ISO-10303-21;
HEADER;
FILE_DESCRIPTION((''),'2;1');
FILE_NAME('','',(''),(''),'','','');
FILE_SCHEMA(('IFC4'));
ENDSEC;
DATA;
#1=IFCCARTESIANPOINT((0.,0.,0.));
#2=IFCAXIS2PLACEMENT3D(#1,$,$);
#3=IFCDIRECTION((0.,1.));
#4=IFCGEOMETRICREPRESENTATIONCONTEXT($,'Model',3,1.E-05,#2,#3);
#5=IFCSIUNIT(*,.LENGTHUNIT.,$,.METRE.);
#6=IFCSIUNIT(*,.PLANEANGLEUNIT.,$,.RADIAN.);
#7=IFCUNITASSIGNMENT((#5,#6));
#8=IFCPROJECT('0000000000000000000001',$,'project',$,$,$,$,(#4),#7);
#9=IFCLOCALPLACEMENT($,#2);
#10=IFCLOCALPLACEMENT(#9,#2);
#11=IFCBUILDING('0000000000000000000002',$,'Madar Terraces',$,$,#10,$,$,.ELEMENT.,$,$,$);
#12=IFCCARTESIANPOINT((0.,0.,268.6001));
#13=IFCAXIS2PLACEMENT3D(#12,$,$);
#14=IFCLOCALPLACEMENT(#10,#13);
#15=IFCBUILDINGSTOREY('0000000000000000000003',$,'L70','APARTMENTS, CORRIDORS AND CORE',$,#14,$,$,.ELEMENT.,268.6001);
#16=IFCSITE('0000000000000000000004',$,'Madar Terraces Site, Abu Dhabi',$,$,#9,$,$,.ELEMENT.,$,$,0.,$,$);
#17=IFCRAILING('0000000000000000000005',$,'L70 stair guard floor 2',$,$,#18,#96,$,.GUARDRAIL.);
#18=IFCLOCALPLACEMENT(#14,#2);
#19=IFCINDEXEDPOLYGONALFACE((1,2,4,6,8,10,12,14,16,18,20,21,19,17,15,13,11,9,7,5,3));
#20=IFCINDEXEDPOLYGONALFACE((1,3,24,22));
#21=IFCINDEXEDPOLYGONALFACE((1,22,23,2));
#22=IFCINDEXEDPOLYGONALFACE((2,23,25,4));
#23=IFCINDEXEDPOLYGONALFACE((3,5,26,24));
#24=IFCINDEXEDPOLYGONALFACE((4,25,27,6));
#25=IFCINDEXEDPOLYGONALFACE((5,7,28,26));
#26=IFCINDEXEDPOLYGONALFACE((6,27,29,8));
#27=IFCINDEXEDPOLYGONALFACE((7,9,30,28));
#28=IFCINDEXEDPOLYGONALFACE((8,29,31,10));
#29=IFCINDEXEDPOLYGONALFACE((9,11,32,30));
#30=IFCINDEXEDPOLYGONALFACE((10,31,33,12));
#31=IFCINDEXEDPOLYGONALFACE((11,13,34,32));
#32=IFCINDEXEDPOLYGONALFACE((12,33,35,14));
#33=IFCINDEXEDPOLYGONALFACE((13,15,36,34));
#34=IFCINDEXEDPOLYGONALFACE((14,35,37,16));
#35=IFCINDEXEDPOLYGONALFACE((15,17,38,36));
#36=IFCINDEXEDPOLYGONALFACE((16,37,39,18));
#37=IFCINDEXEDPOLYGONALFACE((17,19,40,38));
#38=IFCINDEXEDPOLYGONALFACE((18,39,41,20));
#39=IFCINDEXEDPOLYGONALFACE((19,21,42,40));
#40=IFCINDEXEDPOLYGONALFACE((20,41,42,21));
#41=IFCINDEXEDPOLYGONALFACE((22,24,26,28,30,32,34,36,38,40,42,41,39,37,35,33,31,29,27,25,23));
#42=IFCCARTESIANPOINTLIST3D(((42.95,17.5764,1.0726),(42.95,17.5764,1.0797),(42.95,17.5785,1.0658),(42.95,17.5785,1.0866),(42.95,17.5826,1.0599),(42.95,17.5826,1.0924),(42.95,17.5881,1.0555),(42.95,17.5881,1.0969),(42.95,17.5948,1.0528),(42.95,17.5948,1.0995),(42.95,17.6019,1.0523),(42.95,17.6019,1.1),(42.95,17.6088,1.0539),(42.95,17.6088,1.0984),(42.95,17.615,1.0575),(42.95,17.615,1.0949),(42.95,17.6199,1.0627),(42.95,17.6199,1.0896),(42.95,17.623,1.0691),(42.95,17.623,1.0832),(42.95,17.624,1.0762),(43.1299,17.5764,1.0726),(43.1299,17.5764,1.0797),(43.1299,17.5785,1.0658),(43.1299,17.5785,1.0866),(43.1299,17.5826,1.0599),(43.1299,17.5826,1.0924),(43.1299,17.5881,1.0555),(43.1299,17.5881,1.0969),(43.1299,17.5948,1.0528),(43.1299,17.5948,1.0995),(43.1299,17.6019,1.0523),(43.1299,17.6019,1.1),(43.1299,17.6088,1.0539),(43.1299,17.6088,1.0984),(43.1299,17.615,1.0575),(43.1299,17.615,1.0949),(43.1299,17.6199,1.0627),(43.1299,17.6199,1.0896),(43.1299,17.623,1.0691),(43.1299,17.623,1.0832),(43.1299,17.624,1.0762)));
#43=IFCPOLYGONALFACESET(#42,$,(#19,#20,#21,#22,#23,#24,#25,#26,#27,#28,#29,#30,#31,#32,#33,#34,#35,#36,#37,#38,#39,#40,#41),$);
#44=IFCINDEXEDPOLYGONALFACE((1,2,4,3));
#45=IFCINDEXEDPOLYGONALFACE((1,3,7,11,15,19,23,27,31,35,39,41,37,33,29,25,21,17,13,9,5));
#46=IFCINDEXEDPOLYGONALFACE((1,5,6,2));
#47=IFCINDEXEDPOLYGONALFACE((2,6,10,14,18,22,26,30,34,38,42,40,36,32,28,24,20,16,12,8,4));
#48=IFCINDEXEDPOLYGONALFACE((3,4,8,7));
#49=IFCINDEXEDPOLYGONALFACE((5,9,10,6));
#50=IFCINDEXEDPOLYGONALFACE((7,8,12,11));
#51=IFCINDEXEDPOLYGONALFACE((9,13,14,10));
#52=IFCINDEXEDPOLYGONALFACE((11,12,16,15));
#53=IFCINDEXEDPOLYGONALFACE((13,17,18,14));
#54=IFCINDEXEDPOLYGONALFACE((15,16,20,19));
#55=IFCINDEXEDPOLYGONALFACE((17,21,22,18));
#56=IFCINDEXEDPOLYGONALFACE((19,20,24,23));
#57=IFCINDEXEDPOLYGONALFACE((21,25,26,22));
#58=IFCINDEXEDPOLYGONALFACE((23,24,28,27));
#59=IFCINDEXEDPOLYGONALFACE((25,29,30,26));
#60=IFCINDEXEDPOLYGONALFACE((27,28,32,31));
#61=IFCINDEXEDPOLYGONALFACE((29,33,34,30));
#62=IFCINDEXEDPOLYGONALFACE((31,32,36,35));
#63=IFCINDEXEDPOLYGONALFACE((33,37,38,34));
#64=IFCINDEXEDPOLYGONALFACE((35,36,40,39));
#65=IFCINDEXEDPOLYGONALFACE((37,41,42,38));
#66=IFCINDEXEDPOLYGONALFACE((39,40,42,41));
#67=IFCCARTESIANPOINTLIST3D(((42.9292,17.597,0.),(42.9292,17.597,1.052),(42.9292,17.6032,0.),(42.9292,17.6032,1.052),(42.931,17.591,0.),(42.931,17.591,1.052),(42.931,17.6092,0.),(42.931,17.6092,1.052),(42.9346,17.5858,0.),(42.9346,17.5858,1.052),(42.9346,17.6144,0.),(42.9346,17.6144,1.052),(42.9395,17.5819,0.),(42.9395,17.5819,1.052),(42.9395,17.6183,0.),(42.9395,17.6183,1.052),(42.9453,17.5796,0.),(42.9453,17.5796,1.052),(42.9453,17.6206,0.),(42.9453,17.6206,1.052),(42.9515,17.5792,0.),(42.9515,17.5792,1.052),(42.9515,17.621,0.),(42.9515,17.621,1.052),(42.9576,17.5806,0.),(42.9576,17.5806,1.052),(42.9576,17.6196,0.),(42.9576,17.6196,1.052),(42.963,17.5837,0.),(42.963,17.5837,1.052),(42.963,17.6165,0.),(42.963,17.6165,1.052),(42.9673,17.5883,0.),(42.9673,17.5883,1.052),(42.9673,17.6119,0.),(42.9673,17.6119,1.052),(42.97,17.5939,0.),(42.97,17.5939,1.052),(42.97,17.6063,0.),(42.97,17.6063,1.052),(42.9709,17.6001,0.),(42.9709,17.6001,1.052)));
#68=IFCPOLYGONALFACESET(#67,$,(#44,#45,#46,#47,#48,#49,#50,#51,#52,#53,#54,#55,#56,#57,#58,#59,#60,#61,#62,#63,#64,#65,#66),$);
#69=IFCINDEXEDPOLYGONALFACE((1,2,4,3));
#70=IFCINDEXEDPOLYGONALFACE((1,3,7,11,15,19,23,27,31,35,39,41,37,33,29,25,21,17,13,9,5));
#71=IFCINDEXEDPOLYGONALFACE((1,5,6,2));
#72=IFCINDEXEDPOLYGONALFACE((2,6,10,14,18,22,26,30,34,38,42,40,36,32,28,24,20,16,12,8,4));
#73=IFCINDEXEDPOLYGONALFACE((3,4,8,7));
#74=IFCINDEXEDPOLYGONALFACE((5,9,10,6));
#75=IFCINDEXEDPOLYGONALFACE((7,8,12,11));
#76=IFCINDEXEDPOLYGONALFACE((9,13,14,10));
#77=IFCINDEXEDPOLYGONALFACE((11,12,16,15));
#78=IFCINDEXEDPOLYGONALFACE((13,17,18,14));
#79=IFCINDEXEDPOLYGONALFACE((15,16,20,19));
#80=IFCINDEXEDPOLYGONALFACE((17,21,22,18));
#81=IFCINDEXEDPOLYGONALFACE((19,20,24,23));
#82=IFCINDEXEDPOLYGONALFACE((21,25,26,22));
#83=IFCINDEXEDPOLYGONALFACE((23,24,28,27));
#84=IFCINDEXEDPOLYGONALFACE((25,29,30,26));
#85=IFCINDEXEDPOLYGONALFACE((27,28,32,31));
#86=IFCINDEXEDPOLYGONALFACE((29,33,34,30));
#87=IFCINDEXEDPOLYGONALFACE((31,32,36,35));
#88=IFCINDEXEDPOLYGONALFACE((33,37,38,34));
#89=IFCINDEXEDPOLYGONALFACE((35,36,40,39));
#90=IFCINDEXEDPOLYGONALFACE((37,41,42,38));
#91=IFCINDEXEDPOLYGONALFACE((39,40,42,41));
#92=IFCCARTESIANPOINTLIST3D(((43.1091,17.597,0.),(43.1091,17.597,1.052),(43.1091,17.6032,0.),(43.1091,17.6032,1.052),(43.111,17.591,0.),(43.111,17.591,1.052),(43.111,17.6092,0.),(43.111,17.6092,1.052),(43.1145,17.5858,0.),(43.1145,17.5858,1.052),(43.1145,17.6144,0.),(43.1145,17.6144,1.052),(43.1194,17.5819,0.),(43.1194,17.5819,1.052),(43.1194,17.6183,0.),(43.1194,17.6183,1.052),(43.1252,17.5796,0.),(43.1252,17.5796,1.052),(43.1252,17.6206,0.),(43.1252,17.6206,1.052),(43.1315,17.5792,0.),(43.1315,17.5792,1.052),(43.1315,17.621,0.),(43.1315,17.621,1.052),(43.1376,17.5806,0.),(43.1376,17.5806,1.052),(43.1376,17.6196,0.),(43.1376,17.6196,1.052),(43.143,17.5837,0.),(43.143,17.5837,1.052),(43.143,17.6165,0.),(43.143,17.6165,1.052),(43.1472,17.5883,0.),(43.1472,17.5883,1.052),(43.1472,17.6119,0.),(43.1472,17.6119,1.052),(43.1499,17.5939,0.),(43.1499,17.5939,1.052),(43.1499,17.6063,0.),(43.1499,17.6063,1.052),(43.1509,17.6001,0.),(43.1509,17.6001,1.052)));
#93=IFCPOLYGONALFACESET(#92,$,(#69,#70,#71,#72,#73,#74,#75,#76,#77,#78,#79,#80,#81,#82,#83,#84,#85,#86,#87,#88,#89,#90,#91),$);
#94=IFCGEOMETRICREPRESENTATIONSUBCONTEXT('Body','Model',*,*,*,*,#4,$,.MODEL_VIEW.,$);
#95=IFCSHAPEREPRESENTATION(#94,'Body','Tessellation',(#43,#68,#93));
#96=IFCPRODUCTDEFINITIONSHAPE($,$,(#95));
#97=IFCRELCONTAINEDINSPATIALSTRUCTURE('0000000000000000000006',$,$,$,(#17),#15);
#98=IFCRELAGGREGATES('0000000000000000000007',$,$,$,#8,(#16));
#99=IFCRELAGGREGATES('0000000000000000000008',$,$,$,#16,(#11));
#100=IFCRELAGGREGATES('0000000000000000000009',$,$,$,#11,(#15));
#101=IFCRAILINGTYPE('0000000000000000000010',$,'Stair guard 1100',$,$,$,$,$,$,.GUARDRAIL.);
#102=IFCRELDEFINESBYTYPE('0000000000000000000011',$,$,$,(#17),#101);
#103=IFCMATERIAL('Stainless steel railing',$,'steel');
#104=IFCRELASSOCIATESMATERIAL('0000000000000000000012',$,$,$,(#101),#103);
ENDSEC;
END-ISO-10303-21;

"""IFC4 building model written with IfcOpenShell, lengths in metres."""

from ifc_helpers import new_model, si_unit, direction, frame, origin, origin_2d, place, context, subcontext, project, spatial, circle, extrude, material, type_object, element, save


model = new_model("IFC4")

# Units and contexts
model_context = context("Model", 3, precision=1e-05, world=origin(), true_north=direction((0.0, 1.0)))
body_context = subcontext(model_context, "Body", "Model", "MODEL_VIEW")
ifc_project = project(units=[si_unit("LENGTHUNIT", "METRE"), si_unit("PLANEANGLEUNIT", "RADIAN")], contexts=[model_context])

# Site, building, storey
site_placement = place(None, origin())
site = spatial("IfcSite", under=ifc_project, at=site_placement, Name="Madar Terraces Site, Abu Dhabi", CompositionType="ELEMENT", RefElevation=0.0)
building_placement = place(site_placement, origin())
building = spatial("IfcBuilding", under=site, at=building_placement, Name="Madar Terraces", CompositionType="ELEMENT")
storey_placement = place(building_placement, frame((0.0, 0.0, 268.6001)))
storey = spatial("IfcBuildingStorey", under=building, at=storey_placement, Name="L70", Description="APARTMENTS, CORRIDORS AND CORE", CompositionType="ELEMENT", Elevation=268.6001)

# Railing
ifc_material_1 = material(Name="Stainless steel railing", Category="steel")
railing_type_1 = type_object("IfcRailingType", Name="Stair guard 1100", PredefinedType="GUARDRAIL", material=ifc_material_1)
for number, where, name in (
    (1, (42.95, 17.6001, 0.0), "L70 stair guard floor 2"),
):
    element("IfcRailing", number, at=place(storey_placement, frame(where)), inside=storey, type_object=railing_type_1, Name=name, PredefinedType="GUARDRAIL", context=body_context, shape_type="SweptSolid", body=[
        extrude(circle(Radius=0.0239, at=origin_2d()), frame((0.0, 0.0, 1.0762), z_axis=(1.0, 0.0, 0.0), x_axis=(0.0, 1.0, 0.0)), (0.0, 0.0, 1.0), 0.1799),
        extrude(circle(Radius=0.021, at=origin_2d()), origin(), (0.0, 0.0, 1.0), 1.052),
        extrude(circle(Radius=0.021, at=origin_2d()), frame((0.1799, 0.0, 0.0)), (0.0, 0.0, 1.0), 1.052),
    ])

save(model, "model.ifc")
